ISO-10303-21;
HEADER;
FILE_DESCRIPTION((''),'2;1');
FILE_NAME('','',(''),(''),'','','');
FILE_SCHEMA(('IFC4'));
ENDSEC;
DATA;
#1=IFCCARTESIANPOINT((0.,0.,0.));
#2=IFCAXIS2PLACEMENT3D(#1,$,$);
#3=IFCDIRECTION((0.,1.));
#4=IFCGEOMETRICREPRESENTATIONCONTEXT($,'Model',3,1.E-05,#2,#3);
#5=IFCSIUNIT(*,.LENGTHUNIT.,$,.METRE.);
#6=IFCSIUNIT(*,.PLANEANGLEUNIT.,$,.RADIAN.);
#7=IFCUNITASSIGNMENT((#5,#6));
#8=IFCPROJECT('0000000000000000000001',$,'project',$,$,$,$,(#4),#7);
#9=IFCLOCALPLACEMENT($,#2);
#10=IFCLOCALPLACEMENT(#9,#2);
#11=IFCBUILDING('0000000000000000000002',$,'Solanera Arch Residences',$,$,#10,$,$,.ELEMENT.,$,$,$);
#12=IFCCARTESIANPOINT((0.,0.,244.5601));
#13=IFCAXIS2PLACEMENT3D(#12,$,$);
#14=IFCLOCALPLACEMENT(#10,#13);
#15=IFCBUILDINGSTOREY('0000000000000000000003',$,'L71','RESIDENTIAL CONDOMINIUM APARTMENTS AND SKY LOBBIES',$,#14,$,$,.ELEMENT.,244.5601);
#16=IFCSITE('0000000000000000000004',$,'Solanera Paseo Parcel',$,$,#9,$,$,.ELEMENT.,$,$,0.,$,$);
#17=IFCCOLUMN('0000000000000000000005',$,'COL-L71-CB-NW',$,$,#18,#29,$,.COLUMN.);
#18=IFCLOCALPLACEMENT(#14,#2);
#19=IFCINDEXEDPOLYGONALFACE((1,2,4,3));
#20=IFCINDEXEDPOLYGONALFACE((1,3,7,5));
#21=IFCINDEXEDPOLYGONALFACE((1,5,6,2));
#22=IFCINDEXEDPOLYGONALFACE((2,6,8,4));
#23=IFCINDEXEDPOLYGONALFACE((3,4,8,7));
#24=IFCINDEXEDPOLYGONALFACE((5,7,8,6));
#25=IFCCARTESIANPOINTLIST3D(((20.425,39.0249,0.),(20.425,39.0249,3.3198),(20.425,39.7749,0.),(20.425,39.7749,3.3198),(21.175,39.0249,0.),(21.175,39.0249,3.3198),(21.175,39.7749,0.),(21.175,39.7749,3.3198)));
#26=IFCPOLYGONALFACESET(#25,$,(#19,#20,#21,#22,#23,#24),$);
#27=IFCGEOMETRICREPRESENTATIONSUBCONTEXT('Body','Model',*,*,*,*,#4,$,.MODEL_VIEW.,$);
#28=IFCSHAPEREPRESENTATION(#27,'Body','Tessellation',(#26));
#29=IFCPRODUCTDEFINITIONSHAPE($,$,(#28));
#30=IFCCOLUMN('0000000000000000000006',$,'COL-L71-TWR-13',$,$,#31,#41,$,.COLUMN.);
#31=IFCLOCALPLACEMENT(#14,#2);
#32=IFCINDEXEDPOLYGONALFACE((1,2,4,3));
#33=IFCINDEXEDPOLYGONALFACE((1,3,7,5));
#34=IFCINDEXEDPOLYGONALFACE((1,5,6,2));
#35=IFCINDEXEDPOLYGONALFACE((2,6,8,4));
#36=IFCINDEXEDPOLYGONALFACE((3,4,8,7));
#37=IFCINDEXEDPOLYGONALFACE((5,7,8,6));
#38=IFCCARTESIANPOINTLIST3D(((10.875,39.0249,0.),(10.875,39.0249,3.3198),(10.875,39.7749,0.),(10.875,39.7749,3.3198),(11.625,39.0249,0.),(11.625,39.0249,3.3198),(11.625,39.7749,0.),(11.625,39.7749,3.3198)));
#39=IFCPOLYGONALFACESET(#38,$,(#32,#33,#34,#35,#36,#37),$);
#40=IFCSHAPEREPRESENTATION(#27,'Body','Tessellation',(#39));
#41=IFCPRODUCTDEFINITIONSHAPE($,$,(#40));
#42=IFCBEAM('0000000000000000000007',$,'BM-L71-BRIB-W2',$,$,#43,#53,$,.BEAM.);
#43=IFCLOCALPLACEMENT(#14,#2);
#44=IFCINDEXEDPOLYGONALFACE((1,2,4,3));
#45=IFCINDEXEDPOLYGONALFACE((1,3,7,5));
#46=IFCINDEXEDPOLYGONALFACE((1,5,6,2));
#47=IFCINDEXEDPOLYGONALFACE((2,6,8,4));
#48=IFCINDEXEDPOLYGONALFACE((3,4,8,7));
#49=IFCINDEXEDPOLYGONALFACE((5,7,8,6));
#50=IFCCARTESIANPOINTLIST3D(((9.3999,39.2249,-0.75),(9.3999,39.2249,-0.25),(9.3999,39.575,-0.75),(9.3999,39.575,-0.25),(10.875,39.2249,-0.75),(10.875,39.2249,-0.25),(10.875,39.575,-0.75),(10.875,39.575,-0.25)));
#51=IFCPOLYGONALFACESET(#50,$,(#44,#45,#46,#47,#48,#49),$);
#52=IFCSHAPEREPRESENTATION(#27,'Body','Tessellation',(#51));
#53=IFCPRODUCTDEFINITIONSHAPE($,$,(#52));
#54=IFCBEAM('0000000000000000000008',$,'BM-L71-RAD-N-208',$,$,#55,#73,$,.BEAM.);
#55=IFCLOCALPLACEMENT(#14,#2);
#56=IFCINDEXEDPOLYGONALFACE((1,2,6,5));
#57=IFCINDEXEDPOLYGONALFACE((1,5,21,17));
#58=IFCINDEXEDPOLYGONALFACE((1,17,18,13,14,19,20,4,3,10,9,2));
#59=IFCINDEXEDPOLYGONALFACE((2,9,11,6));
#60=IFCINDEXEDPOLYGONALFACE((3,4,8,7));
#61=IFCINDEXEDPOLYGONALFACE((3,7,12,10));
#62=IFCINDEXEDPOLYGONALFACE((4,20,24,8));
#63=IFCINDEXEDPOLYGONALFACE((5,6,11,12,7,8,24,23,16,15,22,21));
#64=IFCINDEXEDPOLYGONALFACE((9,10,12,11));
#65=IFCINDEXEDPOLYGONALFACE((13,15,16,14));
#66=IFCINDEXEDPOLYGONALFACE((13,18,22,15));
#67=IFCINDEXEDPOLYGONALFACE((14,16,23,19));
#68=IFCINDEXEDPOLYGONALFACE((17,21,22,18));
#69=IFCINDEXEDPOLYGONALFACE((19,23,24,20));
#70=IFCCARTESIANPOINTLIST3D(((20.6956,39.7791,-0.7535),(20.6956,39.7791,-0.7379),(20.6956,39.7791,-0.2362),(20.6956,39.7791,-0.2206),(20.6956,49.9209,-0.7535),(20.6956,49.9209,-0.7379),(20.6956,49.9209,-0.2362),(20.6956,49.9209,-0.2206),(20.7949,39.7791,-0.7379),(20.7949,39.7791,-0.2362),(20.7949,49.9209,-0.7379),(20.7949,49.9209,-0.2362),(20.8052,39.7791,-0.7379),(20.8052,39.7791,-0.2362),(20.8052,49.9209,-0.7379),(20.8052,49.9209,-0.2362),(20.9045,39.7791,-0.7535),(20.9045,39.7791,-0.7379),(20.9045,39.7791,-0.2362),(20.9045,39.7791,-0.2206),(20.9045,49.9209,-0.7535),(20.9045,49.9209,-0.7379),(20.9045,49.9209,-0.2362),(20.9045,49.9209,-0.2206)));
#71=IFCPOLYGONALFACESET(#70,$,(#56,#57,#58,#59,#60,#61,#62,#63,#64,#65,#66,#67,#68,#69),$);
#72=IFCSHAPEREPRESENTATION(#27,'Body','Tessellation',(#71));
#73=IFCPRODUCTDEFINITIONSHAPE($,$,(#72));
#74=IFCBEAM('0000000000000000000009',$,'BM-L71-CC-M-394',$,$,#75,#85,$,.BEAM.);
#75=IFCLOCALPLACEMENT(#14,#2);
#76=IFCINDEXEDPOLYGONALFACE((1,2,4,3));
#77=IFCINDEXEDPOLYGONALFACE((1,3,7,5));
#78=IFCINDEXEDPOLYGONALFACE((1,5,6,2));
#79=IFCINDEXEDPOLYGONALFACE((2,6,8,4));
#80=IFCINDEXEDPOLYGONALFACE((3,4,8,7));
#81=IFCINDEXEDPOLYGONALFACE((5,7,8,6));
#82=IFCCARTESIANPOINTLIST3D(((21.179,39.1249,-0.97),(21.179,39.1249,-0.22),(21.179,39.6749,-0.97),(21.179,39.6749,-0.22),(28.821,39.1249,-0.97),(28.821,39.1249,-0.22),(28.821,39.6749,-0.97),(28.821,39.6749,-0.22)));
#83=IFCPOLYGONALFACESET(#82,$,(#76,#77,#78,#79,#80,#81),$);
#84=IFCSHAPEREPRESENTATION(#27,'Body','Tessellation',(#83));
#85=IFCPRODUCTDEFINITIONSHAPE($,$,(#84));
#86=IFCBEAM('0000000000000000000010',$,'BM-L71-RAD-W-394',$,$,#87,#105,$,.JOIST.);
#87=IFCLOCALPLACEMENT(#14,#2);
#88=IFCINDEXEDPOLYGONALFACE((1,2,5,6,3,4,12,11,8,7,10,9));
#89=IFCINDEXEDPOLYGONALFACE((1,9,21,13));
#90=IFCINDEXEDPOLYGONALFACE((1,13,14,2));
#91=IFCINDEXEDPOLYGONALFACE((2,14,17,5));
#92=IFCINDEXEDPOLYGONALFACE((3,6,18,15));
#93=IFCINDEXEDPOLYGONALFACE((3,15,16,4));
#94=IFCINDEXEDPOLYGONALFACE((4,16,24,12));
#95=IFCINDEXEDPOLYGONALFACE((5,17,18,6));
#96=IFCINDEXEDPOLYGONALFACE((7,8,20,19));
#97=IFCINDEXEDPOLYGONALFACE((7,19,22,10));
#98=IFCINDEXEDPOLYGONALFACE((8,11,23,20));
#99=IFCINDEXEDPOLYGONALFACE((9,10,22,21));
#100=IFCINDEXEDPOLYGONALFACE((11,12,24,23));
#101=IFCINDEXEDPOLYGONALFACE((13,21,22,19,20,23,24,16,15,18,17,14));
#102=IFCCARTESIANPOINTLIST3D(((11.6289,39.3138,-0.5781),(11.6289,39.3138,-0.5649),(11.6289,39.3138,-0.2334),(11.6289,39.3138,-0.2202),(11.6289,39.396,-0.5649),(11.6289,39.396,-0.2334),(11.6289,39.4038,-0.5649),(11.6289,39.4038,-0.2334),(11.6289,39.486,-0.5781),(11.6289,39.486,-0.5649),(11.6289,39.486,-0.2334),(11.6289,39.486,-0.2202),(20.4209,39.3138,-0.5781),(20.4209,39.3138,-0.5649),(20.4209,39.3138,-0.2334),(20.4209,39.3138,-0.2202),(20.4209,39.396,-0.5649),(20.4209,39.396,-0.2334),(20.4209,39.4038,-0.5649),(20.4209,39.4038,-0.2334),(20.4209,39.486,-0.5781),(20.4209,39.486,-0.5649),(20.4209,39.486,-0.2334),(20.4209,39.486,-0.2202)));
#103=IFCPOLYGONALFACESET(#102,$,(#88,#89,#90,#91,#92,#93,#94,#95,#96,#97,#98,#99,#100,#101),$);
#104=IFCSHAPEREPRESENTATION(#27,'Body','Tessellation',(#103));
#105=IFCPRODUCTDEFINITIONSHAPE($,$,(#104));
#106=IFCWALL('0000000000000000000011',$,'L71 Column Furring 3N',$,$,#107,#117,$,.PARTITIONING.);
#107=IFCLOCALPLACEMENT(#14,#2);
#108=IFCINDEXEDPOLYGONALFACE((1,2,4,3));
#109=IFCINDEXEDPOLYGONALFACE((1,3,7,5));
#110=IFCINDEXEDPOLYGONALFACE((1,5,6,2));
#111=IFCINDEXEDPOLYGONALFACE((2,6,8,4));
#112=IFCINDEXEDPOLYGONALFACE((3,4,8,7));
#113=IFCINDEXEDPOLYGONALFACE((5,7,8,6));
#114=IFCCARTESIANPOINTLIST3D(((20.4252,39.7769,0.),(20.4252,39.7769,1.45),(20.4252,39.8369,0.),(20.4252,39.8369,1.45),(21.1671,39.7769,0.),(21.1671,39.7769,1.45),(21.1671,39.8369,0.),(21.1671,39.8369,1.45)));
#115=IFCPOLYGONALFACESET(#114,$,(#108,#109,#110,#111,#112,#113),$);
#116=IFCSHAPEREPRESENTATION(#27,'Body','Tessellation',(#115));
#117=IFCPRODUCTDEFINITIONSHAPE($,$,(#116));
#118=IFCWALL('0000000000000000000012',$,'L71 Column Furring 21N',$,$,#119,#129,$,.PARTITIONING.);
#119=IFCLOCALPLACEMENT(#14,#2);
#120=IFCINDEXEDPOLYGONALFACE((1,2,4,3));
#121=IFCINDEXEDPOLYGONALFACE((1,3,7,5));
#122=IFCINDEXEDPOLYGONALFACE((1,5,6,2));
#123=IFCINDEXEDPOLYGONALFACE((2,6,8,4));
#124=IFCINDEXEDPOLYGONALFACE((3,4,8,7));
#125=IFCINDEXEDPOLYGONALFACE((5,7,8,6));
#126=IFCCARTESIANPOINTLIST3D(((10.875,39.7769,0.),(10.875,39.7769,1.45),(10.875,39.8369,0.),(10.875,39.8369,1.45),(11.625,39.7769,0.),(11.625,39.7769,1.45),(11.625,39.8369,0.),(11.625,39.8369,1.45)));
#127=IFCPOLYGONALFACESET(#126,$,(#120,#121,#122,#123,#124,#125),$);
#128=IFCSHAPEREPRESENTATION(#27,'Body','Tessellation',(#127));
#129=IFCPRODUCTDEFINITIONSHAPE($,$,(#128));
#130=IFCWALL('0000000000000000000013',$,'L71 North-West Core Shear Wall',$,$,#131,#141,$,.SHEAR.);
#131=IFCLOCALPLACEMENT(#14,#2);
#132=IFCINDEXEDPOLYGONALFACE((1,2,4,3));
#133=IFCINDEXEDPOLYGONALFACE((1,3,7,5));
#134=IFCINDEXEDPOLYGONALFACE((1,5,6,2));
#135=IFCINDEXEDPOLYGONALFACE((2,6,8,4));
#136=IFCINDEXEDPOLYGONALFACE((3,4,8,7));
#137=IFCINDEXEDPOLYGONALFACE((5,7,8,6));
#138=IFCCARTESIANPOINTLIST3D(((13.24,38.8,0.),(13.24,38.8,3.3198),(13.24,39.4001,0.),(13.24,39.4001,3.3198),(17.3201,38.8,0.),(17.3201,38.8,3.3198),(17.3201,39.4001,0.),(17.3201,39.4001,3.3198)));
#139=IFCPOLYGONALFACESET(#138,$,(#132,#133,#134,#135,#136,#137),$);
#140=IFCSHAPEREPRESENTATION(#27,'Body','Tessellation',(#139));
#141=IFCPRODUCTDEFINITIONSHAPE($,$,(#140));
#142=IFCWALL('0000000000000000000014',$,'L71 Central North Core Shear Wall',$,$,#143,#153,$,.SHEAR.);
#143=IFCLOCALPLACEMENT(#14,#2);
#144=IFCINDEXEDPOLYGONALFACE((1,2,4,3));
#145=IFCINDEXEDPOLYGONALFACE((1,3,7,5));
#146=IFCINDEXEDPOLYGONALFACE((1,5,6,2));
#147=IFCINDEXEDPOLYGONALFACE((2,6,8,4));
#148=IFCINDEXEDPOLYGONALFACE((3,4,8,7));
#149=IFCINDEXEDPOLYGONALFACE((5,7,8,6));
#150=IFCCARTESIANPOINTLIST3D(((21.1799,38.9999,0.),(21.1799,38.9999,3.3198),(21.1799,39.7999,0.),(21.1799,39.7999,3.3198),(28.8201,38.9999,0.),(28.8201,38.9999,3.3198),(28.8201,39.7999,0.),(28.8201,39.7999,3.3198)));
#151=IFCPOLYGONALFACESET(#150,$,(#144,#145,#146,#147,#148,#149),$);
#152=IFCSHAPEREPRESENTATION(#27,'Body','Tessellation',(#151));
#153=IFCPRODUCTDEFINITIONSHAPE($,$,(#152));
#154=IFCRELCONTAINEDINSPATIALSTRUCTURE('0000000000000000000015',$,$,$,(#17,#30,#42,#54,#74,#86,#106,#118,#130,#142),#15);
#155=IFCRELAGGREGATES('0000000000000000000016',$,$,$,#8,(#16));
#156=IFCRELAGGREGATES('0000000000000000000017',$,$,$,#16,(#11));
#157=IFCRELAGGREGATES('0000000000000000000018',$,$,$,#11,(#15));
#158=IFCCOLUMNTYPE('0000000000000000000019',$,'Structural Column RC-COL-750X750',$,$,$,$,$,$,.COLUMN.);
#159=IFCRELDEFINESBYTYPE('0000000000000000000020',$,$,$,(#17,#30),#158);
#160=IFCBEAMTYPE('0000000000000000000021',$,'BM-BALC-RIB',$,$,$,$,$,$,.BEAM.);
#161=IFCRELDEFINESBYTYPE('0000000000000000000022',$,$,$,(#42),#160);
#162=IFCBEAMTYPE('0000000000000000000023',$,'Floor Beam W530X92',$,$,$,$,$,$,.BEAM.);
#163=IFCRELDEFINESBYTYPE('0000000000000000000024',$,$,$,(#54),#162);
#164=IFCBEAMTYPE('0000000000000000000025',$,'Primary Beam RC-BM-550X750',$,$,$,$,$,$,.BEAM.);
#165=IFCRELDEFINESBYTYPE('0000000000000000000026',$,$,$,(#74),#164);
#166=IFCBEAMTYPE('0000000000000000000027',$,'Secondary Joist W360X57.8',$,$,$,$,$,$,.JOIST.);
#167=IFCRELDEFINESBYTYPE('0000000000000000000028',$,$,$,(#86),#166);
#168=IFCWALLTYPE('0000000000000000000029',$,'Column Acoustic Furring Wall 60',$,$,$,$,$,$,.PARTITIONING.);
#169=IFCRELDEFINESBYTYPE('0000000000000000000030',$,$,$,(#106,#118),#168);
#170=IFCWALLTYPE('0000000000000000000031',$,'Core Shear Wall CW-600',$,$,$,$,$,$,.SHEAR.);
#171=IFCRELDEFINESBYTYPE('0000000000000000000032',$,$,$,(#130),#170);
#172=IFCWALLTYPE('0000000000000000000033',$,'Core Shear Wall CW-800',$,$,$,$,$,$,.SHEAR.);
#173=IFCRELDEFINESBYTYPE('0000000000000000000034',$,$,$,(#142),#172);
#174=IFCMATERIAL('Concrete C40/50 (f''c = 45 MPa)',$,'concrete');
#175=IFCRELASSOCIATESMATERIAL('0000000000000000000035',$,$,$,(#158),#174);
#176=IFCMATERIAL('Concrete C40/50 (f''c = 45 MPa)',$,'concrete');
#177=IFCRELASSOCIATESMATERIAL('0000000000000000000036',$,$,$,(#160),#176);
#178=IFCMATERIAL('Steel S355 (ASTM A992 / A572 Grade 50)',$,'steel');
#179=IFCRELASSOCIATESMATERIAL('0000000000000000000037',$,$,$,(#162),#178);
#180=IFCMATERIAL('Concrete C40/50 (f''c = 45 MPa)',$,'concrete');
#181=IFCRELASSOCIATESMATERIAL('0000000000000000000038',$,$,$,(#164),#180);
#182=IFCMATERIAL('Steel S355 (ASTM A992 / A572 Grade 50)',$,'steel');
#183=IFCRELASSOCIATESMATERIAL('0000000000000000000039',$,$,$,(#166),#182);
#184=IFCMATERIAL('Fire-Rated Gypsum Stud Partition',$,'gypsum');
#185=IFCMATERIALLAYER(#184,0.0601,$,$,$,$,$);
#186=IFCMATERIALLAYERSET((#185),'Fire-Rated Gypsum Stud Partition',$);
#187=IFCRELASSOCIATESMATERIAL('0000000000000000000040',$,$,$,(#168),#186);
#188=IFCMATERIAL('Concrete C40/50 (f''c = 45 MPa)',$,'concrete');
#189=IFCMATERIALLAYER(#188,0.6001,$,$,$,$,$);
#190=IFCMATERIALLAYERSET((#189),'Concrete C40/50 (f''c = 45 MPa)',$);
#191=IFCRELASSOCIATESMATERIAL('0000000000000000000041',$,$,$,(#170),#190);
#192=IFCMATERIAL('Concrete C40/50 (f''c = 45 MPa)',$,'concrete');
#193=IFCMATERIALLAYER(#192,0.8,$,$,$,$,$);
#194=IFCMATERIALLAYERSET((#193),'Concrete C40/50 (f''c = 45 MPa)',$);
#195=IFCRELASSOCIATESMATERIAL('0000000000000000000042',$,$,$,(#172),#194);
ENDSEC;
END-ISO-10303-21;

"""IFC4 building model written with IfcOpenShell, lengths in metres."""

from ifc_helpers import new_model, si_unit, direction, frame, frame_2d, origin, origin_2d, place, context, subcontext, project, spatial, rectangle, i_section, extrude, material, layer, layer_set, material_profile, profile_set, type_object, element, save


model = new_model("IFC4")

# Units and contexts
model_context = context("Model", 3, precision=1e-05, world=origin(), true_north=direction((0.0, 1.0)))
body_context = subcontext(model_context, "Body", "Model", "MODEL_VIEW")
ifc_project = project(units=[si_unit("LENGTHUNIT", "METRE"), si_unit("PLANEANGLEUNIT", "RADIAN")], contexts=[model_context])

# Site, building, storey
site_placement = place(None, origin())
site = spatial("IfcSite", under=ifc_project, at=site_placement, Name="Solanera Paseo Parcel", CompositionType="ELEMENT", RefElevation=0.0)
building_placement = place(site_placement, origin())
building = spatial("IfcBuilding", under=site, at=building_placement, Name="Solanera Arch Residences", CompositionType="ELEMENT")
storey_placement = place(building_placement, frame((0.0, 0.0, 244.5601)))
storey = spatial("IfcBuildingStorey", under=building, at=storey_placement, Name="L71", Description="RESIDENTIAL CONDOMINIUM APARTMENTS AND SKY LOBBIES", CompositionType="ELEMENT", Elevation=244.5601)

# Columns
ifc_material_1 = material(Name="Concrete C40/50 (f'c = 45 MPa)", Category="concrete")
ifc_material_profile_1 = material_profile(ifc_material_1, rectangle(XDim=0.75, YDim=0.75, at=origin_2d()))
ifc_profile_set_1 = profile_set([ifc_material_profile_1], Name="Concrete C40/50 (f'c = 45 MPa)")
column_type = type_object("IfcColumnType", Name="Structural Column RC-COL-750X750", PredefinedType="COLUMN", material=ifc_profile_set_1)
for number, where, z_axis, x_axis, name in (
    (1, (20.8, 39.3999, 0.0), (0.0, 0.0, 1.0), (1.0, 0.0, 0.0), "COL-L71-CB-NW"),
    (2, (11.25, 39.3999, 0.0), (0.0, 0.0, 1.0), (1.0, 0.0, 0.0), "COL-L71-TWR-13"),
):
    element("IfcColumn", number, at=place(storey_placement, frame(where, z_axis=z_axis, x_axis=x_axis)), inside=storey, type_object=column_type, Name=name, PredefinedType="COLUMN", context=body_context, shape_type="SweptSolid", body=[
        extrude(rectangle(XDim=0.75, YDim=0.75, at=origin_2d()), origin(), (0.0, 0.0, 1.0), 3.3198),
    ])

# Beams
ifc_material_2 = material(Name="Concrete C40/50 (f'c = 45 MPa)", Category="concrete")
ifc_material_profile_2 = material_profile(ifc_material_2, rectangle(XDim=0.3501, YDim=0.5, at=origin_2d()))
ifc_profile_set_2 = profile_set([ifc_material_profile_2], Name="Concrete C40/50 (f'c = 45 MPa)")
beam_type_1 = type_object("IfcBeamType", Name="BM-BALC-RIB", PredefinedType="BEAM", material=ifc_profile_set_2)
beam_1_placement = place(storey_placement, frame((9.3999, 39.3999, -0.5), z_axis=(1.0, 0.0, 0.0), x_axis=(0.0, 1.0, 0.0)))
element("IfcBeam", 3, at=beam_1_placement, inside=storey, type_object=beam_type_1, Name="BM-L71-BRIB-W2", PredefinedType="BEAM", context=body_context, shape_type="SweptSolid", body=[
    extrude(rectangle(XDim=0.3501, YDim=0.5, at=origin_2d()), origin(), (0.0, 0.0, 1.0), 1.4751),
])
ifc_material_3 = material(Name="Steel S355 (ASTM A992 / A572 Grade 50)", Category="steel")
ifc_material_profile_3 = material_profile(ifc_material_3, i_section(OverallWidth=0.209, OverallDepth=0.533, WebThickness=0.0103, FlangeThickness=0.0156, at=origin_2d()))
ifc_profile_set_3 = profile_set([ifc_material_profile_3], Name="Steel S355 (ASTM A992 / A572 Grade 50)")
beam_type_2 = type_object("IfcBeamType", Name="Floor Beam W530X92", PredefinedType="BEAM", material=ifc_profile_set_3)
beam_2_placement = place(storey_placement, frame((20.8, 39.7791, -0.4871), z_axis=(0.0, 1.0, 0.0), x_axis=(-1.0, 0.0, 0.0)))
element("IfcBeam", 4, at=beam_2_placement, inside=storey, type_object=beam_type_2, Name="BM-L71-RAD-N-208", PredefinedType="BEAM", context=body_context, shape_type="SweptSolid", body=[
    extrude(i_section(OverallWidth=0.209, OverallDepth=0.533, WebThickness=0.0103, FlangeThickness=0.0156, at=origin_2d()), origin(), (0.0, 0.0, 1.0), 10.1418),
])
ifc_material_4 = material(Name="Concrete C40/50 (f'c = 45 MPa)", Category="concrete")
ifc_material_profile_4 = material_profile(ifc_material_4, rectangle(XDim=0.55, YDim=0.75, at=origin_2d()))
ifc_profile_set_4 = profile_set([ifc_material_profile_4], Name="Concrete C40/50 (f'c = 45 MPa)")
beam_type_3 = type_object("IfcBeamType", Name="Primary Beam RC-BM-550X750", PredefinedType="BEAM", material=ifc_profile_set_4)
beam_3_placement = place(storey_placement, frame((21.179, 39.3999, -0.595), z_axis=(1.0, 0.0, 0.0), x_axis=(0.0, 1.0, 0.0)))
element("IfcBeam", 5, at=beam_3_placement, inside=storey, type_object=beam_type_3, Name="BM-L71-CC-M-394", PredefinedType="BEAM", context=body_context, shape_type="SweptSolid", body=[
    extrude(rectangle(XDim=0.55, YDim=0.75, at=origin_2d()), origin(), (0.0, 0.0, 1.0), 7.6421),
])
ifc_material_5 = material(Name="Steel S355 (ASTM A992 / A572 Grade 50)", Category="steel")
ifc_material_profile_5 = material_profile(ifc_material_5, i_section(OverallWidth=0.1721, OverallDepth=0.3579, WebThickness=0.0078, FlangeThickness=0.0132, at=origin_2d()))
ifc_profile_set_5 = profile_set([ifc_material_profile_5], Name="Steel S355 (ASTM A992 / A572 Grade 50)")
beam_type_4 = type_object("IfcBeamType", Name="Secondary Joist W360X57.8", PredefinedType="JOIST", material=ifc_profile_set_5)
beam_4_placement = place(storey_placement, frame((11.6289, 39.3999, -0.3992), z_axis=(1.0, 0.0, 0.0), x_axis=(0.0, 1.0, 0.0)))
element("IfcBeam", 6, at=beam_4_placement, inside=storey, type_object=beam_type_4, Name="BM-L71-RAD-W-394", PredefinedType="JOIST", context=body_context, shape_type="SweptSolid", body=[
    extrude(i_section(OverallWidth=0.1721, OverallDepth=0.3579, WebThickness=0.0078, FlangeThickness=0.0132, at=origin_2d()), origin(), (0.0, 0.0, 1.0), 8.792),
])

# Walls
ifc_material_6 = material(Name="Fire-Rated Gypsum Stud Partition", Category="gypsum")
ifc_layer_1 = layer(ifc_material_6, 0.0601)
ifc_layer_set_1 = layer_set([ifc_layer_1], Name="Fire-Rated Gypsum Stud Partition")
wall_type_1 = type_object("IfcWallType", Name="Column Acoustic Furring Wall 60", PredefinedType="PARTITIONING", material=ifc_layer_set_1)
wall_1_placement = place(storey_placement, frame((20.425, 39.8069, 0.0), z_axis=(0.0, 0.0, 1.0), x_axis=(1.0, 0.0, 0.0)))
element("IfcWall", 7, at=wall_1_placement, inside=storey, type_object=wall_type_1, Name="L71 Column Furring 3N", PredefinedType="PARTITIONING", context=body_context, shape_type="SweptSolid", body=[
    extrude(rectangle(XDim=0.7419, YDim=0.0601, at=frame_2d((0.3711, 0.0))), origin(), (0.0, 0.0, 1.0), 1.45),
])
wall_2_placement = place(storey_placement, frame((10.875, 39.8069, 0.0), z_axis=(0.0, 0.0, 1.0), x_axis=(1.0, 0.0, 0.0)))
element("IfcWall", 8, at=wall_2_placement, inside=storey, type_object=wall_type_1, Name="L71 Column Furring 21N", PredefinedType="PARTITIONING", context=body_context, shape_type="SweptSolid", body=[
    extrude(rectangle(XDim=0.75, YDim=0.0601, at=frame_2d((0.375, 0.0))), origin(), (0.0, 0.0, 1.0), 1.45),
])
ifc_material_7 = material(Name="Concrete C40/50 (f'c = 45 MPa)", Category="concrete")
ifc_layer_2 = layer(ifc_material_7, 0.6001)
ifc_layer_set_2 = layer_set([ifc_layer_2], Name="Concrete C40/50 (f'c = 45 MPa)")
wall_type_2 = type_object("IfcWallType", Name="Core Shear Wall CW-600", PredefinedType="SHEAR", material=ifc_layer_set_2)
wall_3_placement = place(storey_placement, frame((13.24, 39.1001, 0.0), z_axis=(0.0, 0.0, 1.0), x_axis=(1.0, 0.0, 0.0)))
element("IfcWall", 9, at=wall_3_placement, inside=storey, type_object=wall_type_2, Name="L71 North-West Core Shear Wall", PredefinedType="SHEAR", context=body_context, shape_type="SweptSolid", body=[
    extrude(rectangle(XDim=4.0801, YDim=0.6001, at=frame_2d((2.04, 0.0))), origin(), (0.0, 0.0, 1.0), 3.3198),
])
ifc_material_8 = material(Name="Concrete C40/50 (f'c = 45 MPa)", Category="concrete")
ifc_layer_3 = layer(ifc_material_8, 0.8)
ifc_layer_set_3 = layer_set([ifc_layer_3], Name="Concrete C40/50 (f'c = 45 MPa)")
wall_type_3 = type_object("IfcWallType", Name="Core Shear Wall CW-800", PredefinedType="SHEAR", material=ifc_layer_set_3)
wall_4_placement = place(storey_placement, frame((21.1799, 39.3999, 0.0), z_axis=(0.0, 0.0, 1.0), x_axis=(1.0, 0.0, 0.0)))
element("IfcWall", 10, at=wall_4_placement, inside=storey, type_object=wall_type_3, Name="L71 Central North Core Shear Wall", PredefinedType="SHEAR", context=body_context, shape_type="SweptSolid", body=[
    extrude(rectangle(XDim=7.6401, YDim=0.8, at=frame_2d((3.8201, 0.0))), origin(), (0.0, 0.0, 1.0), 3.3198),
])

save(model, "model.ifc")
